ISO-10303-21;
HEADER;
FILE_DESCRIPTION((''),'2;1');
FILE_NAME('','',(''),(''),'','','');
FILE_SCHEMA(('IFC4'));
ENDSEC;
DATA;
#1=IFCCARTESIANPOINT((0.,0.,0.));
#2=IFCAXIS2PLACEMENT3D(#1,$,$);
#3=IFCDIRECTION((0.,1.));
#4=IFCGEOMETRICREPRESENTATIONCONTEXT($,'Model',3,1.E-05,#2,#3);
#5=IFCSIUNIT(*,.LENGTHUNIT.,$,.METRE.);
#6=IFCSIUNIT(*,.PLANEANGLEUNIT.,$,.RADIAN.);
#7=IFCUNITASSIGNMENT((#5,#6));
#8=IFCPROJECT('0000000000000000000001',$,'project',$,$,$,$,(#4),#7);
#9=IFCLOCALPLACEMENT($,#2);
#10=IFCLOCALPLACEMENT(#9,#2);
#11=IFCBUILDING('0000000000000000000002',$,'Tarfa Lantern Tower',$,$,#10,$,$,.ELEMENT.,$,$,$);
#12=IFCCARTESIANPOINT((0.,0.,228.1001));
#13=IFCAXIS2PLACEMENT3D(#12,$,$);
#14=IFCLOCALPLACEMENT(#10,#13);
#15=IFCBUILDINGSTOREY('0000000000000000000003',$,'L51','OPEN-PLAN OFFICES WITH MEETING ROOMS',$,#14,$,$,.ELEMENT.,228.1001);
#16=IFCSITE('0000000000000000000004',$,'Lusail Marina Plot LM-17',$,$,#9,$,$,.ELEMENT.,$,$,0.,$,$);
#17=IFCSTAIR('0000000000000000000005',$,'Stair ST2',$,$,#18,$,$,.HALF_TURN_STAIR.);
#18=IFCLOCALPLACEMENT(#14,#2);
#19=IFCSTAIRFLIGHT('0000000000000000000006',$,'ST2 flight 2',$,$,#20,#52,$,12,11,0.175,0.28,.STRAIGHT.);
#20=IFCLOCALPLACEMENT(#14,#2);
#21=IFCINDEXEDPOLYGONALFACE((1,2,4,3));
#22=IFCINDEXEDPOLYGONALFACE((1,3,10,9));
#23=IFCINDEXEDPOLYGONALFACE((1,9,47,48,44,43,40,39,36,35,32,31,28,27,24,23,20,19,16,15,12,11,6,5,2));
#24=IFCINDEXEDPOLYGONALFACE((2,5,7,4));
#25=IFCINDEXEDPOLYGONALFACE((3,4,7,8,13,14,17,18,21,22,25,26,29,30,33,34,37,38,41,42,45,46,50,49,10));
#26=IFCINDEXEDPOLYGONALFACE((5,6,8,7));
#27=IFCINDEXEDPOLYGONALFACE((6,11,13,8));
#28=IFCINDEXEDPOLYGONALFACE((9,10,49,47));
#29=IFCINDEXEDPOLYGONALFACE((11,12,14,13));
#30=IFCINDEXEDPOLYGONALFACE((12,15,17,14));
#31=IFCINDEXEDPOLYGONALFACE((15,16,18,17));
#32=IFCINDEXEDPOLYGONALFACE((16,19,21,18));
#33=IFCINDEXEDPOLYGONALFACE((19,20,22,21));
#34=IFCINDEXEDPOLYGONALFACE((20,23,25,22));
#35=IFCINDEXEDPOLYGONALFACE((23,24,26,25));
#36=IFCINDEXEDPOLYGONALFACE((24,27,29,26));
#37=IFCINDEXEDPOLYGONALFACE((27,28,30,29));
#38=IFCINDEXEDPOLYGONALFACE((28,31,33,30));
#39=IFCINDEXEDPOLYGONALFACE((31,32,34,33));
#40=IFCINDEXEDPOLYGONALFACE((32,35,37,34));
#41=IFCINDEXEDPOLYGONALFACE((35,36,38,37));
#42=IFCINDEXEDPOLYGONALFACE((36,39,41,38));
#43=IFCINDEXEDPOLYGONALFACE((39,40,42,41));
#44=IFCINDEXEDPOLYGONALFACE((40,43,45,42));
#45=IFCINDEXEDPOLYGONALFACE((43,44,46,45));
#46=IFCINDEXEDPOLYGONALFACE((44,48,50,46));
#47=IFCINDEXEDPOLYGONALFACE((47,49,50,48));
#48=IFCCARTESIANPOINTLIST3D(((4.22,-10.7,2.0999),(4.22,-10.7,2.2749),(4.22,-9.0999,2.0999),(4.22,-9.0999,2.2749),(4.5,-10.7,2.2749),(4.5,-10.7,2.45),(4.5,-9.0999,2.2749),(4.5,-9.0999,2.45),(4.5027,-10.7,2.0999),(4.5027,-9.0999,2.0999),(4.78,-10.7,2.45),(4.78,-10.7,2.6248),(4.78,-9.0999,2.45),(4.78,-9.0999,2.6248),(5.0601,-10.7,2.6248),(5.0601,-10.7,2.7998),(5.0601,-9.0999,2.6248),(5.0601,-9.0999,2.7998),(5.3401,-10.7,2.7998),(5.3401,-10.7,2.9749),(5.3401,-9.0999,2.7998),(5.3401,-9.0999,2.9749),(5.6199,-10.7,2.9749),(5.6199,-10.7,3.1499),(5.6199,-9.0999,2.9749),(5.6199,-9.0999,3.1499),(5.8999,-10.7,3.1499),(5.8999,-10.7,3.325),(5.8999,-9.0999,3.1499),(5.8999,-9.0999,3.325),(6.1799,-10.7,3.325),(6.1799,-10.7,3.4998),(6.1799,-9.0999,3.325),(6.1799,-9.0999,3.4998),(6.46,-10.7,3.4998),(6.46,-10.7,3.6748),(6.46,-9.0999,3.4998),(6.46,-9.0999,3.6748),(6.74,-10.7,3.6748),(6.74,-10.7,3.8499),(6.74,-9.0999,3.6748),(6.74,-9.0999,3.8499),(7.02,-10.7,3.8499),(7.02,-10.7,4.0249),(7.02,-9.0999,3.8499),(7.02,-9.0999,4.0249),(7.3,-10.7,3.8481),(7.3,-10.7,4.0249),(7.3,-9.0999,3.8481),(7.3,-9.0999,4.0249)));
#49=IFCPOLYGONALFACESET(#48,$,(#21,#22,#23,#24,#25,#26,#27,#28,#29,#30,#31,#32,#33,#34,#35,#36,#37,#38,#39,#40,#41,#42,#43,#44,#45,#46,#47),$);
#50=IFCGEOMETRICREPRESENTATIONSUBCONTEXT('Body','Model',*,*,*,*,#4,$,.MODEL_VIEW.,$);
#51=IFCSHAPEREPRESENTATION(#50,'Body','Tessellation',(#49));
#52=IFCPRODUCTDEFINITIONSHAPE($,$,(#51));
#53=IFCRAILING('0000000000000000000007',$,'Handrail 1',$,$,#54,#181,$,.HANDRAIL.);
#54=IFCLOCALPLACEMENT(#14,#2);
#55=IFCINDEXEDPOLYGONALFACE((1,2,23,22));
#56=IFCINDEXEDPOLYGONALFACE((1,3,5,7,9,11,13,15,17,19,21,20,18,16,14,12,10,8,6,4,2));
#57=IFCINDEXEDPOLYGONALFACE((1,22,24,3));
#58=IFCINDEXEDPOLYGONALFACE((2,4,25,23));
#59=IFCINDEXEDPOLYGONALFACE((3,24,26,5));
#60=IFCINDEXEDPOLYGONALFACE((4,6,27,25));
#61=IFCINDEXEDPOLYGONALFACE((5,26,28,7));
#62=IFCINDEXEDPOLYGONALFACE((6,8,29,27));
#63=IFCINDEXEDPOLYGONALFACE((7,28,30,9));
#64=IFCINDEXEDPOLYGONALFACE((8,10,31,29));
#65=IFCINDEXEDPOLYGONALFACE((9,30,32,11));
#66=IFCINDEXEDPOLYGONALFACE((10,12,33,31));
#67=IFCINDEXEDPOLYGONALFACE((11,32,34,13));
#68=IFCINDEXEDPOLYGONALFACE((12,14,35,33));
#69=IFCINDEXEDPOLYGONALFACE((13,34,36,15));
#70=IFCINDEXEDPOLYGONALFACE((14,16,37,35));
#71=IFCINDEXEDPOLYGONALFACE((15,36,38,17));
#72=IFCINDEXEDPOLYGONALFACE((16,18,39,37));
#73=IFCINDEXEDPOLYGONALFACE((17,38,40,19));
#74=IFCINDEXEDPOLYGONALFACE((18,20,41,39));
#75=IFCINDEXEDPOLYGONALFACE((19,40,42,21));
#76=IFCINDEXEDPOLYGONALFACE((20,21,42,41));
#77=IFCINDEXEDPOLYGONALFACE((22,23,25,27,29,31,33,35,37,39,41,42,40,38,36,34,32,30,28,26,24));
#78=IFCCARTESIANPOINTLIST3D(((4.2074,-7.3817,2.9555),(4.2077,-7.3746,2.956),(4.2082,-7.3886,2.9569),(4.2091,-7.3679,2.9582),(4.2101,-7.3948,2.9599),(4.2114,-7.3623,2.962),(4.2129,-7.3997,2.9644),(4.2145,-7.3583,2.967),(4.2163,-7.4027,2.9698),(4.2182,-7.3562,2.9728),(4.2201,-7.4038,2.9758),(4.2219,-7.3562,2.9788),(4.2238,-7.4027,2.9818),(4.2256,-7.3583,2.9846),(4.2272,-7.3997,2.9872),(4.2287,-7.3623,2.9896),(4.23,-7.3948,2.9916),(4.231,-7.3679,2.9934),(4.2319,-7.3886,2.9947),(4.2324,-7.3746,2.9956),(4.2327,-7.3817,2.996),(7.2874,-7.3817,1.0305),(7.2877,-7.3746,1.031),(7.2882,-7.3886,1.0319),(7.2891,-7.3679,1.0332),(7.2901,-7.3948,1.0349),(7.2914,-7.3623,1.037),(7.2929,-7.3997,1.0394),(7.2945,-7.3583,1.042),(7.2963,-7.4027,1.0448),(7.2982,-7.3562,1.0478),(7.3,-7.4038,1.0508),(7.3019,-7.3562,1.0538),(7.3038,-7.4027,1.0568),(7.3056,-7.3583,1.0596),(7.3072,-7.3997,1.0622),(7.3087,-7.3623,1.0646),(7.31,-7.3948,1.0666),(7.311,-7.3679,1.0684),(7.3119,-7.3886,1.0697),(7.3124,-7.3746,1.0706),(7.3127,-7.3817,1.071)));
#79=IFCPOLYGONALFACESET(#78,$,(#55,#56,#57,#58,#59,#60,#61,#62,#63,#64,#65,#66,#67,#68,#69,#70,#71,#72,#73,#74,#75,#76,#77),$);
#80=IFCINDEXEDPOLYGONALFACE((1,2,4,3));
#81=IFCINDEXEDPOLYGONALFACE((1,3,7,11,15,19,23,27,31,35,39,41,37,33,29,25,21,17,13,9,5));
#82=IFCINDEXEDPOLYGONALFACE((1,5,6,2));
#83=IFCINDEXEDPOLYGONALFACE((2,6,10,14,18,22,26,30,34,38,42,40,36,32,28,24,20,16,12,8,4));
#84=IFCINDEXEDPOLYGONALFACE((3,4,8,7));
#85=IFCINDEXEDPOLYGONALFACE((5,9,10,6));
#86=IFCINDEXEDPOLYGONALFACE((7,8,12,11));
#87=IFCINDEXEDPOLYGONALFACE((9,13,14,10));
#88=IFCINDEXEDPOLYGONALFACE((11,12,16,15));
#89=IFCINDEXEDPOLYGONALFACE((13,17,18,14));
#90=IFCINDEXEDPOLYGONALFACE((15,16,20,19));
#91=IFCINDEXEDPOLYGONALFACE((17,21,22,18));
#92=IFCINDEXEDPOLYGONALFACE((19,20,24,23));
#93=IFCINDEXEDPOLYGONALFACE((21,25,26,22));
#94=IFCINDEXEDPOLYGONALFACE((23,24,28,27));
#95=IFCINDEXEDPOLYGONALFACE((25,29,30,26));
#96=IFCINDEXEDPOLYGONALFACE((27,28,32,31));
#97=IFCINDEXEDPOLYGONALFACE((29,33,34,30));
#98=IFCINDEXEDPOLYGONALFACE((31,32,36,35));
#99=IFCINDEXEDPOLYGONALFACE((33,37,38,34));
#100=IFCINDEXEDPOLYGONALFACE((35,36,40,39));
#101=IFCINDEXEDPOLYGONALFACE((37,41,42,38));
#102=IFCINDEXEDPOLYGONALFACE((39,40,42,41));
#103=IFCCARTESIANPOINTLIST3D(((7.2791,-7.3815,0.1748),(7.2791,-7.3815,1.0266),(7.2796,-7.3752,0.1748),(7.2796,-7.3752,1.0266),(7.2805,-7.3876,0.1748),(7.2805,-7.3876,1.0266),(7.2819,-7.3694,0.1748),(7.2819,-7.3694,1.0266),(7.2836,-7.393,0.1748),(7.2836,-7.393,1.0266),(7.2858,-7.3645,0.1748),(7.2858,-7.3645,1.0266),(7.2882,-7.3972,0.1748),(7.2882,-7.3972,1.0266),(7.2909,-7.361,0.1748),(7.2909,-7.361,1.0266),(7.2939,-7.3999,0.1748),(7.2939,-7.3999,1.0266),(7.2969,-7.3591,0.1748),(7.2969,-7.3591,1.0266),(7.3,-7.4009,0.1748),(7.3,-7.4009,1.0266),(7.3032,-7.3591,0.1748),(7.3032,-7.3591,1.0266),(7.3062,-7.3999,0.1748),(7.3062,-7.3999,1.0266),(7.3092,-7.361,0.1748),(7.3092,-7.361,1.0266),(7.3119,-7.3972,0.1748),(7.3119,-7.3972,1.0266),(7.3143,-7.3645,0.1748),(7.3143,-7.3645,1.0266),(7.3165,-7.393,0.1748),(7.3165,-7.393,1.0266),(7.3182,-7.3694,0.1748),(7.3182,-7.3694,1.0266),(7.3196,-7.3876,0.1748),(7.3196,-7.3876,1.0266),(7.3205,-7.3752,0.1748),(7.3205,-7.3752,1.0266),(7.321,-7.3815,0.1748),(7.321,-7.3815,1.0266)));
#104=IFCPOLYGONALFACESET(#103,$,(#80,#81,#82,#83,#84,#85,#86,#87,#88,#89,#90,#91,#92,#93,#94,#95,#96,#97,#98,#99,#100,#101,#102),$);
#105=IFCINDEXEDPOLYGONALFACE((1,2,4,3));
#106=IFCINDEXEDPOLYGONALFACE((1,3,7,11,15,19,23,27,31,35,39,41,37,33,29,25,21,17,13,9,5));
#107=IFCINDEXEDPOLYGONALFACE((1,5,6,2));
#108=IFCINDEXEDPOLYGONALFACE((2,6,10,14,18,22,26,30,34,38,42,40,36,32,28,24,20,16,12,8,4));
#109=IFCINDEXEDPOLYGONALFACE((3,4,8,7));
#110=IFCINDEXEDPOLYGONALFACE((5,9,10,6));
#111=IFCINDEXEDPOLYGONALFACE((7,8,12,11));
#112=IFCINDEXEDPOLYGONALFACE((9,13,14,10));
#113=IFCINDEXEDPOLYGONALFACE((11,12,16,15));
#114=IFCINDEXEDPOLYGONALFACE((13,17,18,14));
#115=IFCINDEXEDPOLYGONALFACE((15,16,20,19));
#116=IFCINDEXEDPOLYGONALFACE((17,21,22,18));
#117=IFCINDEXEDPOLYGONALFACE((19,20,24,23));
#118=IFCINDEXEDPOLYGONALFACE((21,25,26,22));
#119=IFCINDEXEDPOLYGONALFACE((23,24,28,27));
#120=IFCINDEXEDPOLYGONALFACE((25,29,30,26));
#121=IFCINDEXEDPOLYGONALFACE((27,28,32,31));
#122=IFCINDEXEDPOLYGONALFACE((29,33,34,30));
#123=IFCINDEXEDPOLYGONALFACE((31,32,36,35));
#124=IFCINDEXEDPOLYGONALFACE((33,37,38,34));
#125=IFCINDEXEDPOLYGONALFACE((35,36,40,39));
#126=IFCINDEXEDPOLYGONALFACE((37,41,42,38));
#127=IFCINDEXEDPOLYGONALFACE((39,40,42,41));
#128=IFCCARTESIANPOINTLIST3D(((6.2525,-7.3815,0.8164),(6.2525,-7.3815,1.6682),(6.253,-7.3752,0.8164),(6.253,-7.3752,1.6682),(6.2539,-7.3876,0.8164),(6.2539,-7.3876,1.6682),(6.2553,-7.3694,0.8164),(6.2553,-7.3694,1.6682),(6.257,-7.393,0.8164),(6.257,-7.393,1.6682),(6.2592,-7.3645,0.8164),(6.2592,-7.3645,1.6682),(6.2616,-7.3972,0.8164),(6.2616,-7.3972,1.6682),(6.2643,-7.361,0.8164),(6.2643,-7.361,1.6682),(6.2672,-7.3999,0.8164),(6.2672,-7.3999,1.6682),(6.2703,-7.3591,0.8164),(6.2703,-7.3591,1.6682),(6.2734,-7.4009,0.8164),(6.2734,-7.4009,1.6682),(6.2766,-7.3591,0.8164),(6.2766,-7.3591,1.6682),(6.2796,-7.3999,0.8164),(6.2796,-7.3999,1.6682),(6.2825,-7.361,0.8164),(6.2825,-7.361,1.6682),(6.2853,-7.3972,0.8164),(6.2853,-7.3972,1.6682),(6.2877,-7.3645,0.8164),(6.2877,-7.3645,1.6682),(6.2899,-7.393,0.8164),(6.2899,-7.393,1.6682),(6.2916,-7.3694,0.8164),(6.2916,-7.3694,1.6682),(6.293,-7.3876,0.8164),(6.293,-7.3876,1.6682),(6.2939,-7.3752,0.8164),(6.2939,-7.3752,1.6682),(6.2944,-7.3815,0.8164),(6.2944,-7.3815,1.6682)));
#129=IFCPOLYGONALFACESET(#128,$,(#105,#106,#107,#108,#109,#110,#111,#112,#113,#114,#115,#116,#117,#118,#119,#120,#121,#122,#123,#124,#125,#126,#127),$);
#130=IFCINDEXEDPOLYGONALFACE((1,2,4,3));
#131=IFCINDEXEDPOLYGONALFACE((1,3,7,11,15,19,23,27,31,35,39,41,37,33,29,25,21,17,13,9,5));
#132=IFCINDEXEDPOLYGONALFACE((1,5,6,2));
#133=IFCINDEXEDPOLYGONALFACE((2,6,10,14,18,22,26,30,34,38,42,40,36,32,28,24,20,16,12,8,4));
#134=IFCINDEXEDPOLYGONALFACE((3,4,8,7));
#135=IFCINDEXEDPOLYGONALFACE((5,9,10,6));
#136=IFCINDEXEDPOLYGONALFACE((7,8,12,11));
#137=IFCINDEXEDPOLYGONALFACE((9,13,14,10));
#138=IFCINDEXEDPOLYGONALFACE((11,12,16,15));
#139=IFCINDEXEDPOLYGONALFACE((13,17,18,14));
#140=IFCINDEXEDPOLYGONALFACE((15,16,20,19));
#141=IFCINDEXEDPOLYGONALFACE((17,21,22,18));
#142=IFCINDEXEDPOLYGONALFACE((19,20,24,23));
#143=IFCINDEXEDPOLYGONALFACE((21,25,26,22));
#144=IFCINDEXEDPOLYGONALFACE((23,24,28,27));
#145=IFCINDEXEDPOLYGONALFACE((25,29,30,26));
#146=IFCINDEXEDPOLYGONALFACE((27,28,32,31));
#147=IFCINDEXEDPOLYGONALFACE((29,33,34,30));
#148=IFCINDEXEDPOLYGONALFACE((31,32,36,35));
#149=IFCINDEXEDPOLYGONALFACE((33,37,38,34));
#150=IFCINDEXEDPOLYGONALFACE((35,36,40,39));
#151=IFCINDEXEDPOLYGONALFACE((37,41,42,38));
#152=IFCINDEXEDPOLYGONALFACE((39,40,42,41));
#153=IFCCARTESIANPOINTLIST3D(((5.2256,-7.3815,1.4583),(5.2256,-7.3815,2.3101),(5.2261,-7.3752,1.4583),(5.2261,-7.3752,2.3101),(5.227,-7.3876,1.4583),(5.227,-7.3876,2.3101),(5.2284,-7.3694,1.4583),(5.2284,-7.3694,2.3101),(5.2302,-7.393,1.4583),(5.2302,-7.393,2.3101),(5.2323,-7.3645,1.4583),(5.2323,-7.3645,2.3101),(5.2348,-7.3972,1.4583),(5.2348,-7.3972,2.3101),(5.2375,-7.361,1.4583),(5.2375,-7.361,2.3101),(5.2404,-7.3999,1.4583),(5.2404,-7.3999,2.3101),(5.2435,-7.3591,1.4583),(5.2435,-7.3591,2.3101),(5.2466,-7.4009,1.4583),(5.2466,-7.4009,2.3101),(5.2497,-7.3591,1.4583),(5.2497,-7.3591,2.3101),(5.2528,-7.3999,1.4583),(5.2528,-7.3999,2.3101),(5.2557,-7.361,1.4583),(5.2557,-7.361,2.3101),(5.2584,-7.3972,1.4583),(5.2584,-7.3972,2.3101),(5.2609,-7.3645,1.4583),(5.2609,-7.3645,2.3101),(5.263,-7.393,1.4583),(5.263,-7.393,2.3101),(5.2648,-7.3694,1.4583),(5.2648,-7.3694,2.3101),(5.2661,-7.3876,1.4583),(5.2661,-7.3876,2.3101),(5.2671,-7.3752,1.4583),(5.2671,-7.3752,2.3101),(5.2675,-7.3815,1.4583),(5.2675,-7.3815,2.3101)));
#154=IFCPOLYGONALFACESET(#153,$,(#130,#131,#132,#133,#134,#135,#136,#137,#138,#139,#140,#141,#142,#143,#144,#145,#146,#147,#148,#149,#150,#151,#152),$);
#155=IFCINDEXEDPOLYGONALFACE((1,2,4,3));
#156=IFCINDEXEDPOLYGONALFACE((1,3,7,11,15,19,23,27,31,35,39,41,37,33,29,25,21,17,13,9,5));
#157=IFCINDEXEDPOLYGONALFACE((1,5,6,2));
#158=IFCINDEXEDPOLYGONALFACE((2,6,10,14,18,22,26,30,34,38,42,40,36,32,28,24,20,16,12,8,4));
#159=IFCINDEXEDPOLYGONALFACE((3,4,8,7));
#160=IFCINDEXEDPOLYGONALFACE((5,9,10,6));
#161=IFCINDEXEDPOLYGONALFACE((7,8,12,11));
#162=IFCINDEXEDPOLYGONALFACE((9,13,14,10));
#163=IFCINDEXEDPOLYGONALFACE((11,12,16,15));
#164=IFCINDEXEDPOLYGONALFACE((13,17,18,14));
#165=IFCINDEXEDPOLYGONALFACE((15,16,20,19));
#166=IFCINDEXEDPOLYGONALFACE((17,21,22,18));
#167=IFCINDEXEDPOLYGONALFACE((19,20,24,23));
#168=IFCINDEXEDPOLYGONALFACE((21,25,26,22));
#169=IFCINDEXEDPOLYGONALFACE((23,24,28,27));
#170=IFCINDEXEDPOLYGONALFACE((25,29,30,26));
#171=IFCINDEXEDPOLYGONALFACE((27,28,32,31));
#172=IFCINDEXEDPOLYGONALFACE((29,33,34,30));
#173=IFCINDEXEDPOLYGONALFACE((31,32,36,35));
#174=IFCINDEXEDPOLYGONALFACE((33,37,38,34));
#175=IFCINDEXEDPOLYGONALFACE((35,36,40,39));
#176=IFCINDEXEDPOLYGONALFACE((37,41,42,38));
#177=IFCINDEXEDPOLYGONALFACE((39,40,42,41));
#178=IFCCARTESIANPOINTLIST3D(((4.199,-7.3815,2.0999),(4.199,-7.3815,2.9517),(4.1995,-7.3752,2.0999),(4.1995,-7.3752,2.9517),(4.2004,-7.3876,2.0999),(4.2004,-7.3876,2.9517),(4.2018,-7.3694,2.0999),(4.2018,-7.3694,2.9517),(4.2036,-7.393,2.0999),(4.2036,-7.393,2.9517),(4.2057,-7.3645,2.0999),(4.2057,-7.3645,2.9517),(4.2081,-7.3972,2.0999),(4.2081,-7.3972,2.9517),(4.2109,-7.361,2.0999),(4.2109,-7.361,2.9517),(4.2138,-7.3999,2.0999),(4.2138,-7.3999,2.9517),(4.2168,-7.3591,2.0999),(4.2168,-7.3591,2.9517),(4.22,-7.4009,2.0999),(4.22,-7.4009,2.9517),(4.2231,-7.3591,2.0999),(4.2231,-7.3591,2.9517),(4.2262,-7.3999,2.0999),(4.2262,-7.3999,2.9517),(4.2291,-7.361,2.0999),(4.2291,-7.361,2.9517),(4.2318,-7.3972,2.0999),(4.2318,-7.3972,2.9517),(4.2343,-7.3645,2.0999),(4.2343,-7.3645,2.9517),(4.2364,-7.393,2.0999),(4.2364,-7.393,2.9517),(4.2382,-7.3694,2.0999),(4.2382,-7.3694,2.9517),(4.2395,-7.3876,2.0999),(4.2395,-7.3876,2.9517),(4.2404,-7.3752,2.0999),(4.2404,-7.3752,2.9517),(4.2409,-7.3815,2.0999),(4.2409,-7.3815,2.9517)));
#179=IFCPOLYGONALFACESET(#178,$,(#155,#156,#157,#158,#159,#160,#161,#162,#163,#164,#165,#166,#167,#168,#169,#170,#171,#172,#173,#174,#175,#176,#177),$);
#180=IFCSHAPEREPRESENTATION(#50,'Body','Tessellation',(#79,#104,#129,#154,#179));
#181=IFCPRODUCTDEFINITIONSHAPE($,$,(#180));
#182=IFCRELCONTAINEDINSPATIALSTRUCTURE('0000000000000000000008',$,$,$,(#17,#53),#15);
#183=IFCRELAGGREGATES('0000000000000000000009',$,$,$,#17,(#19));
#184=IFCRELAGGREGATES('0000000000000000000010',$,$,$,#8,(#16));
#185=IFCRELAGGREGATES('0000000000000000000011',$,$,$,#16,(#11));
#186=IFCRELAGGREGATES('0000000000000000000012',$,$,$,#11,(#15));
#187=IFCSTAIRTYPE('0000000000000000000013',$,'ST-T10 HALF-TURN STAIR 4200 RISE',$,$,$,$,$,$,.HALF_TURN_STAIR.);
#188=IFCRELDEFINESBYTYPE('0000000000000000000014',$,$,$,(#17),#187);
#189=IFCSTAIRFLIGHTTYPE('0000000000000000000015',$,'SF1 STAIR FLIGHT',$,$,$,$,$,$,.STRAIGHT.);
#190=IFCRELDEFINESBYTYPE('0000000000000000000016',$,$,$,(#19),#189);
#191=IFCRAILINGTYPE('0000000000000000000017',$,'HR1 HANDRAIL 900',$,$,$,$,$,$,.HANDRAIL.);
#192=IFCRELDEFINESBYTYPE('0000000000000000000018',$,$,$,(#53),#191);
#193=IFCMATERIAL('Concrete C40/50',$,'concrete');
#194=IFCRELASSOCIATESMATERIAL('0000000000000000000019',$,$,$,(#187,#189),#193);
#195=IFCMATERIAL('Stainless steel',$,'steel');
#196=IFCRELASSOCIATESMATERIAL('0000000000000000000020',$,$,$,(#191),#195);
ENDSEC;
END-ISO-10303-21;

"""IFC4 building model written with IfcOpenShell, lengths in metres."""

from ifc_helpers import new_model, si_unit, direction, frame, origin, origin_2d, place, context, subcontext, project, spatial, polyline, circle, outline, extrude, material, type_object, element, aggregate, save


model = new_model("IFC4")

# Units and contexts
model_context = context("Model", 3, precision=1e-05, world=origin(), true_north=direction((0.0, 1.0)))
body_context = subcontext(model_context, "Body", "Model", "MODEL_VIEW")
ifc_project = project(units=[si_unit("LENGTHUNIT", "METRE"), si_unit("PLANEANGLEUNIT", "RADIAN")], contexts=[model_context])

# Site, building, storey
site_placement = place(None, origin())
site = spatial("IfcSite", under=ifc_project, at=site_placement, Name="Lusail Marina Plot LM-17", CompositionType="ELEMENT", RefElevation=0.0)
building_placement = place(site_placement, origin())
building = spatial("IfcBuilding", under=site, at=building_placement, Name="Tarfa Lantern Tower", CompositionType="ELEMENT")
storey_placement = place(building_placement, frame((0.0, 0.0, 228.1001)))
storey = spatial("IfcBuildingStorey", under=building, at=storey_placement, Name="L51", Description="OPEN-PLAN OFFICES WITH MEETING ROOMS", CompositionType="ELEMENT", Elevation=228.1001)

# Stair, stair flight
ifc_material_1 = material(Name="Concrete C40/50", Category="concrete")
stair_type = type_object("IfcStairType", Name="ST-T10 HALF-TURN STAIR 4200 RISE", PredefinedType="HALF_TURN_STAIR", material=ifc_material_1)
stair_placement = place(storey_placement, origin())
stair = element("IfcStair", 1, at=stair_placement, inside=storey, type_object=stair_type, Name="Stair ST2", PredefinedType="HALF_TURN_STAIR")
stair_flight_type = type_object("IfcStairFlightType", Name="SF1 STAIR FLIGHT", PredefinedType="STRAIGHT", material=ifc_material_1)
stair_flight_1_placement = place(storey_placement, frame((4.22, -9.8999, 2.0999), z_axis=(0.0, 0.0, 1.0), x_axis=(1.0, 0.0, 0.0)))
stair_flight_1 = element("IfcStairFlight", 2, at=stair_flight_1_placement, type_object=stair_flight_type, Name="ST2 flight 2", NumberOfRisers=12, NumberOfTreads=11, PredefinedType="STRAIGHT", RiserHeight=0.175, TreadLength=0.28, context=body_context, shape_type="SweptSolid", body=[
    extrude(outline(polyline([(0.0, 0.0), (0.0, 0.175), (0.28, 0.175), (0.28, 0.3501), (0.5601, 0.3501), (0.5601, 0.5249), (0.8401, 0.5249), (0.8401, 0.7), (1.1201, 0.7), (1.1201, 0.875), (1.3999, 0.875), (1.3999, 1.05), (1.6799, 1.05), (1.6799, 1.2251), (1.96, 1.2251), (1.96, 1.3999), (2.24, 1.3999), (2.24, 1.575), (2.52, 1.575), (2.52, 1.75), (2.8, 1.75), (2.8, 1.925), (3.0801, 1.925), (3.0801, 2.1001), (3.0801, 1.7483), (0.2827, 0.0), (0.0, 0.0)])), frame((0.0, 0.8, 0.0), z_axis=(0.0, -1.0, 0.0), x_axis=(1.0, 0.0, 0.0)), (0.0, 0.0, 1.0), 1.6001),
])
aggregate(stair, [stair_flight_1])

# Railing
ifc_material_2 = material(Name="Stainless steel", Category="steel")
railing_type = type_object("IfcRailingType", Name="HR1 HANDRAIL 900", PredefinedType="HANDRAIL", material=ifc_material_2)
railing_1_placement = place(storey_placement, frame((7.3, -7.3799, 0.1748)))
element("IfcRailing", 3, at=railing_1_placement, inside=storey, type_object=railing_type, Name="Handrail 1", PredefinedType="HANDRAIL", context=body_context, shape_type="SweptSolid", body=[
    extrude(circle(Radius=0.0239, at=origin_2d()), frame((0.0, 0.0, 0.876), z_axis=(-0.847998, 0.0, 0.529999), x_axis=(0.0, -1.0, 0.0)), (0.0, 0.0, 1.0), 3.6321),
    extrude(circle(Radius=0.021, at=origin_2d()), frame((0.0, 0.0, 0.0), z_axis=(0.0, 0.0, 1.0), x_axis=(0.0, -1.0, 0.0)), (0.0, 0.0, 1.0), 0.8518),
    extrude(circle(Radius=0.021, at=origin_2d()), frame((-1.0266, 0.0, 0.6416), z_axis=(0.0, 0.0, 1.0), x_axis=(0.0, -1.0, 0.0)), (0.0, 0.0, 1.0), 0.8518),
    extrude(circle(Radius=0.021, at=origin_2d()), frame((-2.0535, 0.0, 1.2834), z_axis=(0.0, 0.0, 1.0), x_axis=(0.0, -1.0, 0.0)), (0.0, 0.0, 1.0), 0.8518),
    extrude(circle(Radius=0.021, at=origin_2d()), frame((-3.0801, 0.0, 1.925), z_axis=(0.0, 0.0, 1.0), x_axis=(0.0, -1.0, 0.0)), (0.0, 0.0, 1.0), 0.8518),
])

save(model, "model.ifc")
